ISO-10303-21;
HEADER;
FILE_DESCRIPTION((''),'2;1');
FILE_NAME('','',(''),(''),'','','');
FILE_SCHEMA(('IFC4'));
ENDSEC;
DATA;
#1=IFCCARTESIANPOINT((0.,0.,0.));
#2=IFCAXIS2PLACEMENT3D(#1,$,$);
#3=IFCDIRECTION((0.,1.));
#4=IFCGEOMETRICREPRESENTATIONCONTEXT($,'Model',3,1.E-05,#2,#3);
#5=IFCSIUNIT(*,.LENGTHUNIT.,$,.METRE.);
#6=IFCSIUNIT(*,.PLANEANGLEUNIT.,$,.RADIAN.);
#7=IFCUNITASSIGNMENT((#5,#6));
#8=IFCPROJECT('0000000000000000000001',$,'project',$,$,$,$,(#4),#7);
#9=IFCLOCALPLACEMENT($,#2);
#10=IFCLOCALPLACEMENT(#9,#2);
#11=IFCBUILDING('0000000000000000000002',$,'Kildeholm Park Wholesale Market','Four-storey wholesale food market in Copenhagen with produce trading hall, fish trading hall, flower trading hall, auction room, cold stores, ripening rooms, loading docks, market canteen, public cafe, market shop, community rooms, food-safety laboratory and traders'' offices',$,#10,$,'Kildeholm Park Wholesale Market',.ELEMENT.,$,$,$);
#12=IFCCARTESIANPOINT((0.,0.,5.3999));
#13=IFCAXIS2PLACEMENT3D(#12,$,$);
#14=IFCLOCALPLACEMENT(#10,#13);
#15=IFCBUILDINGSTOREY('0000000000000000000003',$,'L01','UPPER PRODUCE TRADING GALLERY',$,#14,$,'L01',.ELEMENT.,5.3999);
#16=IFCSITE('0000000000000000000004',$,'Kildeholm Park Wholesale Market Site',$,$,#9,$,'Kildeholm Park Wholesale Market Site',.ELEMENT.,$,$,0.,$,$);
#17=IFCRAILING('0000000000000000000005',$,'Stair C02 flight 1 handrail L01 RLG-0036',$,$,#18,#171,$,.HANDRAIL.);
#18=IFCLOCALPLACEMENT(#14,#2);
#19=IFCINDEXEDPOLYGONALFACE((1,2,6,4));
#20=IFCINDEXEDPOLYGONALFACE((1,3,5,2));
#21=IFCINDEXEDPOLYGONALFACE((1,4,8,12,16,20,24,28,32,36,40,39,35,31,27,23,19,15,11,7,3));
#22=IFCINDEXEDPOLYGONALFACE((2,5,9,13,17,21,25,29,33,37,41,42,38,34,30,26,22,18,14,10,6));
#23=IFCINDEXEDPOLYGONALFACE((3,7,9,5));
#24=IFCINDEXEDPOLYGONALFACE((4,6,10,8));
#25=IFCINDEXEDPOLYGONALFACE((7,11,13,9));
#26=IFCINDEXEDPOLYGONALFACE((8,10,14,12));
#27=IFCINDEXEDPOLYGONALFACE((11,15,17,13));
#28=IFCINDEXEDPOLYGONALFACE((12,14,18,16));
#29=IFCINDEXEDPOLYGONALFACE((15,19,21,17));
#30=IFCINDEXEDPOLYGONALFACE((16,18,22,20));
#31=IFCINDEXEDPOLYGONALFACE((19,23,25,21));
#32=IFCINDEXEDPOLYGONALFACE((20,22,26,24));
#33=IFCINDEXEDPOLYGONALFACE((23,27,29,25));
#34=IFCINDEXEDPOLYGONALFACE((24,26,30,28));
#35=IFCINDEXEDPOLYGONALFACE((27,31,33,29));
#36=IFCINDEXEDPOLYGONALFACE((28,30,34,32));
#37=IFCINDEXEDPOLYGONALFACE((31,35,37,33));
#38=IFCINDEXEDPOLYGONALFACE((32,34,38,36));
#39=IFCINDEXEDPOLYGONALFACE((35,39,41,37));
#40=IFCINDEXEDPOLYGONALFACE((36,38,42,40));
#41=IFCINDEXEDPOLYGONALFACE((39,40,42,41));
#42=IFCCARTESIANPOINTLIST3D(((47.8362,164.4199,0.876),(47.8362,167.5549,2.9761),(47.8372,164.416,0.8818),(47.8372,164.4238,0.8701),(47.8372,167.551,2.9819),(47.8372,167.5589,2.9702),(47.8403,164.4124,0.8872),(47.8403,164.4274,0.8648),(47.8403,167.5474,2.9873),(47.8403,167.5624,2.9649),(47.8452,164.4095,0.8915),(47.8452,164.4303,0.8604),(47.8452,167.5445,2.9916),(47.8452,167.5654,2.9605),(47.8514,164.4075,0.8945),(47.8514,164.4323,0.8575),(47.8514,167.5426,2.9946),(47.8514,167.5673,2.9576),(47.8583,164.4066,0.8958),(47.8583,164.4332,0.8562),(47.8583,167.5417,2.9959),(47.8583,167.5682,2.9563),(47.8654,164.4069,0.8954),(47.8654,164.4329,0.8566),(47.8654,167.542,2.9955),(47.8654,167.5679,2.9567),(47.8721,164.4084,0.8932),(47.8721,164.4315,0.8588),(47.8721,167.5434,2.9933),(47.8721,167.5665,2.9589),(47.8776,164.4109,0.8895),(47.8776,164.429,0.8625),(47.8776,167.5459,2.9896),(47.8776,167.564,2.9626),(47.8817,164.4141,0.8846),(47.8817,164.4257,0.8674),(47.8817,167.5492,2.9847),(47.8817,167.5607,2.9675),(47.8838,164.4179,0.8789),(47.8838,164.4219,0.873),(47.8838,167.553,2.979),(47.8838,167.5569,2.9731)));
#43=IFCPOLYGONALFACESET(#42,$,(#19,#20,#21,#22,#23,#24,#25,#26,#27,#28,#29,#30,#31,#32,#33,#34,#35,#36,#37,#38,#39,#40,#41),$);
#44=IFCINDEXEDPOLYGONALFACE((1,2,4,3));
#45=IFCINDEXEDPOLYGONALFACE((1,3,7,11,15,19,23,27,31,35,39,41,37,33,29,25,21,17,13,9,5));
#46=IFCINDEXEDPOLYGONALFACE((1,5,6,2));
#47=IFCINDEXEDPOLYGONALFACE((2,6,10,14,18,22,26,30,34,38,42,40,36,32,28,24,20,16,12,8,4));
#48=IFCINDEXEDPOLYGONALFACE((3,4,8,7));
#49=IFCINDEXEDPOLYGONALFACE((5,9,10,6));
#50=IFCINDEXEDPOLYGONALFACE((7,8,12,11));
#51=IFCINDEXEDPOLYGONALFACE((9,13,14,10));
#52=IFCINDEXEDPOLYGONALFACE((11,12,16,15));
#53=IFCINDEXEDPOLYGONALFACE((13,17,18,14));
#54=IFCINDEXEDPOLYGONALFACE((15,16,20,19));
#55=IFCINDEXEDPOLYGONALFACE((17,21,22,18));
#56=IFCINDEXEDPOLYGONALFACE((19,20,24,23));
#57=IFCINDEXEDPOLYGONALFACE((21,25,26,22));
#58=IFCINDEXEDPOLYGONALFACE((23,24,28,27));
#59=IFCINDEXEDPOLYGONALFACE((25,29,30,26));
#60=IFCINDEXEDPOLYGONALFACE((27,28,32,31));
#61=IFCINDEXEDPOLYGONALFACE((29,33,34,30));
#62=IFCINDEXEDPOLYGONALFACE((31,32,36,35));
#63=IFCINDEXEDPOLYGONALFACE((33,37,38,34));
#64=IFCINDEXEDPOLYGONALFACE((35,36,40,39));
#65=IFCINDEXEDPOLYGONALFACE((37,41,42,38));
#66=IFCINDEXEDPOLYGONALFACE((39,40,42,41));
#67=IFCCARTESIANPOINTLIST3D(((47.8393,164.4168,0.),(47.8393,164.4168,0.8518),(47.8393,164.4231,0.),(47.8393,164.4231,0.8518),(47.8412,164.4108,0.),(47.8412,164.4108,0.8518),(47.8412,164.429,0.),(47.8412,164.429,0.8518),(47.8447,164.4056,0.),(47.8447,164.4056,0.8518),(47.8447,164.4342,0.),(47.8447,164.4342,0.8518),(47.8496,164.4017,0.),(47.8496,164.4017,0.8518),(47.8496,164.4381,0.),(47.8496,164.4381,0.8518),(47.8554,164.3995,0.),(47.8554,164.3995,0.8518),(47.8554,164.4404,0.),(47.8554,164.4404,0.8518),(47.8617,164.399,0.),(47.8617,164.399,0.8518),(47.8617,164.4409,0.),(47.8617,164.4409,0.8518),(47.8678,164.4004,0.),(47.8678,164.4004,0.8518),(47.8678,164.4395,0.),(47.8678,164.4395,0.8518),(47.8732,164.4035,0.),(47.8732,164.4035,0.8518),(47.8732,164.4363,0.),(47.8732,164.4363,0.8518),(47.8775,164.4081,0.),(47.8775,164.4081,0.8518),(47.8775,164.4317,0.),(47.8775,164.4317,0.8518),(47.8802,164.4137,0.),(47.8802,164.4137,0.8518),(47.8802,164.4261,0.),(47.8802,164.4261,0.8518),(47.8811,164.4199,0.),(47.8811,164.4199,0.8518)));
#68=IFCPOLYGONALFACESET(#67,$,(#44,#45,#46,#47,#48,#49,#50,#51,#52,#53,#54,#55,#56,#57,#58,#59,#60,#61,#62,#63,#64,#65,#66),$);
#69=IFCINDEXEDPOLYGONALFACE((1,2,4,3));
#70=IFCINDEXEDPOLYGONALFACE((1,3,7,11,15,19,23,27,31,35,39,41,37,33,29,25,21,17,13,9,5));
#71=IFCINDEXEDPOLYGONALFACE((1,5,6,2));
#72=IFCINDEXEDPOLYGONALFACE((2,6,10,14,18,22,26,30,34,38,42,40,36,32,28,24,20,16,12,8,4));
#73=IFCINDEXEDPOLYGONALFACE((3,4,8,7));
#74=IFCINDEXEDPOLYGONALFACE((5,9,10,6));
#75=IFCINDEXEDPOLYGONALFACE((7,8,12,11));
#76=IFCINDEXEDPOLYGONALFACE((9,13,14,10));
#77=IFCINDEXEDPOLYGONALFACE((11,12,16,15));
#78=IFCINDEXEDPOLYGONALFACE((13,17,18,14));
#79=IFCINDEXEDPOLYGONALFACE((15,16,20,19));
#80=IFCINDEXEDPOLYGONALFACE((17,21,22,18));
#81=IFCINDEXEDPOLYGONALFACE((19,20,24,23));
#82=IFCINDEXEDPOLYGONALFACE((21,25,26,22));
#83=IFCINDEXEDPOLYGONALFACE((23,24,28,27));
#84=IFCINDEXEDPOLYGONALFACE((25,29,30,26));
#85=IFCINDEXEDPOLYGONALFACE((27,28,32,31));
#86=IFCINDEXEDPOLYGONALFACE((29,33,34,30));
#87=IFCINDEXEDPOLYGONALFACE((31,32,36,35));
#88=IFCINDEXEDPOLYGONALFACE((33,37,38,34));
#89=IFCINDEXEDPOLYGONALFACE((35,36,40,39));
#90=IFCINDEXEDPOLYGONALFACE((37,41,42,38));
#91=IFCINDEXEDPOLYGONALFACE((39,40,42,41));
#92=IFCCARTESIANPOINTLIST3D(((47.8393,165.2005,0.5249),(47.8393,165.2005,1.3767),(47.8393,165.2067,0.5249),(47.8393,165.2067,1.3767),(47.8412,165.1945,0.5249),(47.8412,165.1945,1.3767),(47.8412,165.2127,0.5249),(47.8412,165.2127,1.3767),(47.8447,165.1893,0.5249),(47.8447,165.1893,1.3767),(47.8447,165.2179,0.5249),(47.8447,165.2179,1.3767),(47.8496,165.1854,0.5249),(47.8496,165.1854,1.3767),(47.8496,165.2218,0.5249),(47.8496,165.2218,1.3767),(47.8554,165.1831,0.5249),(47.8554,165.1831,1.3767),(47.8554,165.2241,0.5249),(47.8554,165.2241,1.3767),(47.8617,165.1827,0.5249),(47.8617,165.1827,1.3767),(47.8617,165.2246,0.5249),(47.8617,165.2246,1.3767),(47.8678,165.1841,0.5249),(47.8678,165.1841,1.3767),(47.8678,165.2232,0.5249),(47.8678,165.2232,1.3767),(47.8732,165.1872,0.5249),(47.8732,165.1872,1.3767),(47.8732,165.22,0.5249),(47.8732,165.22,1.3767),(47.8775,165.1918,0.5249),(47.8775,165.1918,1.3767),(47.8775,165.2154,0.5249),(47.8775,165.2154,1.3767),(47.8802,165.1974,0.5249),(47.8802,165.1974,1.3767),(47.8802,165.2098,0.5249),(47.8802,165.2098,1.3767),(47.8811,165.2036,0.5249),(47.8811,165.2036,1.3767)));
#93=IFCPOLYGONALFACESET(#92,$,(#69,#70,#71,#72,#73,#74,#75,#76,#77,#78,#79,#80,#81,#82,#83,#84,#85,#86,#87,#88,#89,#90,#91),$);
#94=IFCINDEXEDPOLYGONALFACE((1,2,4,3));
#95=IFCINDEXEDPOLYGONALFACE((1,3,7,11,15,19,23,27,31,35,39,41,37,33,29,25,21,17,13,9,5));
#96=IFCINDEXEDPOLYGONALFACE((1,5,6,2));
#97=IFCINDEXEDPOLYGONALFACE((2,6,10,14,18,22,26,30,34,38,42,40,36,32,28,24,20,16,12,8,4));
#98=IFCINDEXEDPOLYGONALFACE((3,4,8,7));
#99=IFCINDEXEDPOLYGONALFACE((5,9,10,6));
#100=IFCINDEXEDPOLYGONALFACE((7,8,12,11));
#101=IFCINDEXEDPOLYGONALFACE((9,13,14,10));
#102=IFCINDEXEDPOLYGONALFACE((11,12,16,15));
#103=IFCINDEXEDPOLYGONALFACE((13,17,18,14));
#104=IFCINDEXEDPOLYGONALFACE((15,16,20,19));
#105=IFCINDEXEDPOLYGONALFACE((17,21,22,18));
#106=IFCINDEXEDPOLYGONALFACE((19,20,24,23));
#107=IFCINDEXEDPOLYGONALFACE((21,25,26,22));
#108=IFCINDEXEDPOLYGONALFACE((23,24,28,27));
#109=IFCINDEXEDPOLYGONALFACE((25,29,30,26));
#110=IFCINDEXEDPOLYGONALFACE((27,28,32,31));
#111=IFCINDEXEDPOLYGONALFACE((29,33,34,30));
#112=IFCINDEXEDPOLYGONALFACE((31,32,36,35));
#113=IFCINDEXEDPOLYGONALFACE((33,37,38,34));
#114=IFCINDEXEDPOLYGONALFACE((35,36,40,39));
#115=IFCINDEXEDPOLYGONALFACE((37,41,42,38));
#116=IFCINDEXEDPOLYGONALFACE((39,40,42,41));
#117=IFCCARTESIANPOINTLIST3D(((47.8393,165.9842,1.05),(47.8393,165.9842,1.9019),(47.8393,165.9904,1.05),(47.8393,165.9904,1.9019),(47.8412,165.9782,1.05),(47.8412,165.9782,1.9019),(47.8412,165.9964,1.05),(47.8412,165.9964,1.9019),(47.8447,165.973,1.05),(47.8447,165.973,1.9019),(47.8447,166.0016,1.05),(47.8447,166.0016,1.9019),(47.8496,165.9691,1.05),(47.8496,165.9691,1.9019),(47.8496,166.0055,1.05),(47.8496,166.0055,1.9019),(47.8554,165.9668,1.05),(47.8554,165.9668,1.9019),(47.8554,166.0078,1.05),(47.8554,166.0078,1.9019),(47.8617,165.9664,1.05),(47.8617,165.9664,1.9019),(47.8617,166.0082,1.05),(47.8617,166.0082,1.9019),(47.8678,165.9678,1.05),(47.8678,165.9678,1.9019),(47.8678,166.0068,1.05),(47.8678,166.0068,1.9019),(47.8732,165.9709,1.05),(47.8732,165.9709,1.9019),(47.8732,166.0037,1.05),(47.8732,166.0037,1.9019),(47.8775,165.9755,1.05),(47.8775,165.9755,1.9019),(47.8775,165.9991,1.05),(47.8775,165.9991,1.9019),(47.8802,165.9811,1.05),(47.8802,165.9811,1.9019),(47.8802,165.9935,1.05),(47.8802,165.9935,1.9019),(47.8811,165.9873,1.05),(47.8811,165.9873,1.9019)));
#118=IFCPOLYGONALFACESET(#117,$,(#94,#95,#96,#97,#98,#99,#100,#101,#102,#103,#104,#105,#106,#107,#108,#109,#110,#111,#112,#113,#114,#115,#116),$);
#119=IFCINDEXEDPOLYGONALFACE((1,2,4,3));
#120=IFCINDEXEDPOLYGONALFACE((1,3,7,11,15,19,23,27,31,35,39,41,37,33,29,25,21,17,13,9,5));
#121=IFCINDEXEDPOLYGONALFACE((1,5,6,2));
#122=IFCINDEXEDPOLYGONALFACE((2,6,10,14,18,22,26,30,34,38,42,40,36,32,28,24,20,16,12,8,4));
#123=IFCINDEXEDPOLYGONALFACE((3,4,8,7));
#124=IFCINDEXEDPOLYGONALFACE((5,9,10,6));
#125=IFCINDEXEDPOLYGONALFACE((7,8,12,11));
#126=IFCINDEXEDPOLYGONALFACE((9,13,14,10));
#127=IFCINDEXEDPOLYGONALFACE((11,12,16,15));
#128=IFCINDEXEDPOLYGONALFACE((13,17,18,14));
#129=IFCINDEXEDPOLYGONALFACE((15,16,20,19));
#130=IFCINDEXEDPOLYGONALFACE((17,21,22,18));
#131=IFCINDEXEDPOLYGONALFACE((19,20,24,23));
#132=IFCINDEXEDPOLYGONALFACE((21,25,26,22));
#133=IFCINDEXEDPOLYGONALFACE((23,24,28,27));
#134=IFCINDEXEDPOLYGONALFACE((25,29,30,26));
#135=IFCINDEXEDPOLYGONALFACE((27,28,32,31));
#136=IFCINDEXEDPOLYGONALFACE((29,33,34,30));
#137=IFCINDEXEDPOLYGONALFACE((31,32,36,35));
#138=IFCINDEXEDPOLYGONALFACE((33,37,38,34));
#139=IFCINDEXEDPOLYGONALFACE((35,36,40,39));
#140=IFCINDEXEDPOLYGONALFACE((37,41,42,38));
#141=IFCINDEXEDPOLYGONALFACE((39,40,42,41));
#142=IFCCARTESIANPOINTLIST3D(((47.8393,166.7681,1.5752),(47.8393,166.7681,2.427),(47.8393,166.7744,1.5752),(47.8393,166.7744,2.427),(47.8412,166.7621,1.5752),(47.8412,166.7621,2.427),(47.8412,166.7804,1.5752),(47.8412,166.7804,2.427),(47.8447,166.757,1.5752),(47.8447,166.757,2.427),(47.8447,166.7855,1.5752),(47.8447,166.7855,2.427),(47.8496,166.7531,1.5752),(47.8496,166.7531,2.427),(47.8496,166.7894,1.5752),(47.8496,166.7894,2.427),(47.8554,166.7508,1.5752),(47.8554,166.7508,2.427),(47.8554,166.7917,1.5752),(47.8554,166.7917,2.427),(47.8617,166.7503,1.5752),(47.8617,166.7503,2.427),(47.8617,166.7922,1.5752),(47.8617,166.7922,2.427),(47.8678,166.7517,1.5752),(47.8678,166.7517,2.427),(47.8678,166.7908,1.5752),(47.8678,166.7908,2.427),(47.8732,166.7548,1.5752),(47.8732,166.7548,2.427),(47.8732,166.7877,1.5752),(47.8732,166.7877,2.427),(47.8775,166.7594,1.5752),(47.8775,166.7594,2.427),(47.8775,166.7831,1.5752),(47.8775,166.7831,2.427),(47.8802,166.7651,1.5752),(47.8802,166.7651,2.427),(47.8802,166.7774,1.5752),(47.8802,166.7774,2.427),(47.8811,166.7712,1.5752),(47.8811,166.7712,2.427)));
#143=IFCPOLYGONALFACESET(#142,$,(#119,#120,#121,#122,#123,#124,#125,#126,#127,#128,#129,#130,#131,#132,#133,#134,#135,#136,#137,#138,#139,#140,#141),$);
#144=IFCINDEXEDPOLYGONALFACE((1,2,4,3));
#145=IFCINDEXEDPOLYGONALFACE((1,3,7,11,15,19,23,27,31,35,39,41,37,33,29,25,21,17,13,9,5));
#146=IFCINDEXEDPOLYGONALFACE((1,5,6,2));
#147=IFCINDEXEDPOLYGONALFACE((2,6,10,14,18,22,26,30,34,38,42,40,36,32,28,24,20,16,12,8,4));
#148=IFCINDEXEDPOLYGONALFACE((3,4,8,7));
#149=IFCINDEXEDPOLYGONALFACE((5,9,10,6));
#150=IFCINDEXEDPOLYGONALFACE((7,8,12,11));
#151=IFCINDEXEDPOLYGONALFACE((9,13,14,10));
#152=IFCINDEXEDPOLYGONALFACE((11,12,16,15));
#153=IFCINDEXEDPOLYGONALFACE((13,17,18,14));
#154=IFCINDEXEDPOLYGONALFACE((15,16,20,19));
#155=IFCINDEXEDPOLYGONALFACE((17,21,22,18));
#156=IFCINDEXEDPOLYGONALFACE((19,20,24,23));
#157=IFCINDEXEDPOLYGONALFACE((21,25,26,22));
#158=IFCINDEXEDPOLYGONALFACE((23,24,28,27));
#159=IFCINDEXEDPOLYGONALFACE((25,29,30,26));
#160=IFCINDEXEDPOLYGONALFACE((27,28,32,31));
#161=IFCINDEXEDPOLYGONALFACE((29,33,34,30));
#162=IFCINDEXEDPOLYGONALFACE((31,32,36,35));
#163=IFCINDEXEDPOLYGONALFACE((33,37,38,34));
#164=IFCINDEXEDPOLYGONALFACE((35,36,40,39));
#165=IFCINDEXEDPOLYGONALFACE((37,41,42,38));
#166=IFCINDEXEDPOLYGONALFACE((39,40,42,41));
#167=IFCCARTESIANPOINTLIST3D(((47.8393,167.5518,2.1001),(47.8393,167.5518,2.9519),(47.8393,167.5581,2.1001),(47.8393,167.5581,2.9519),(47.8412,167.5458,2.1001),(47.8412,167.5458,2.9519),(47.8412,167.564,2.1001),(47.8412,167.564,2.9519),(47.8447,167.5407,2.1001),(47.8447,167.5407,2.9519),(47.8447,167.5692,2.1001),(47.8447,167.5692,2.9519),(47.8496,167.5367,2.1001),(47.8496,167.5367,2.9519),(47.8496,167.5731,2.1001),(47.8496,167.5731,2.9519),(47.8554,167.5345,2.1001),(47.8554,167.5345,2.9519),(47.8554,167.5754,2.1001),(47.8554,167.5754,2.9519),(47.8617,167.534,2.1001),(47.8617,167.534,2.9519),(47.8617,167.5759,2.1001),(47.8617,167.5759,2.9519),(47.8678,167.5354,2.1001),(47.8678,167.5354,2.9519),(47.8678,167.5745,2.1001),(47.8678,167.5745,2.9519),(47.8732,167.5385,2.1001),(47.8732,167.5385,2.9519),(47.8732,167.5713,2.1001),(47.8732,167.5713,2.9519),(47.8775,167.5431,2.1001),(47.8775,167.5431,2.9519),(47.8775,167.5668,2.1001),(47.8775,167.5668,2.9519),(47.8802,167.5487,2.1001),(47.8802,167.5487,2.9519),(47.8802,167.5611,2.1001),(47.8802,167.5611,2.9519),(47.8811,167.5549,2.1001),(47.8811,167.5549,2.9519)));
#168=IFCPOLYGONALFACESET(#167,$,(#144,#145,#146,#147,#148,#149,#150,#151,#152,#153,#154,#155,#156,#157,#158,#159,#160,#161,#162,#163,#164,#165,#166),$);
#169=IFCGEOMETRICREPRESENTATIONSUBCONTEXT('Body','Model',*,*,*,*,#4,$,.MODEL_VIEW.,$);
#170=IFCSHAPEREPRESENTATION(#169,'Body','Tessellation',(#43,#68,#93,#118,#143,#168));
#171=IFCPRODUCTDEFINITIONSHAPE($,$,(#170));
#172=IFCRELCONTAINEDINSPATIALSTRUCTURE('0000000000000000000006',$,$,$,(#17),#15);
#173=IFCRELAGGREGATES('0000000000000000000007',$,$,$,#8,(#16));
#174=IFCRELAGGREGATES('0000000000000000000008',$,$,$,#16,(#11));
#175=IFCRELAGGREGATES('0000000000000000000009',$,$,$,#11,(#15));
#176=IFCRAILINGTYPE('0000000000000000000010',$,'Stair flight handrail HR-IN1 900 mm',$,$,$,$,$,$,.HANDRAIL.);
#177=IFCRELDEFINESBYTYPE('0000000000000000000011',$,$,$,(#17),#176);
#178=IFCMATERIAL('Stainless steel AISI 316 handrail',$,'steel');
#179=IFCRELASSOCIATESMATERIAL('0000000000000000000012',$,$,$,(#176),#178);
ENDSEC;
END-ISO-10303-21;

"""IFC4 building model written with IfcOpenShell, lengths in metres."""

from ifc_helpers import new_model, si_unit, direction, frame, origin, origin_2d, place, context, subcontext, project, spatial, circle, extrude, material, type_object, element, save


model = new_model("IFC4")

# Units and contexts
model_context = context("Model", 3, precision=1e-05, world=origin(), true_north=direction((0.0, 1.0)))
body_context = subcontext(model_context, "Body", "Model", "MODEL_VIEW")
ifc_project = project(units=[si_unit("LENGTHUNIT", "METRE"), si_unit("PLANEANGLEUNIT", "RADIAN")], contexts=[model_context])

# Site, building, storey
site_placement = place(None, origin())
site = spatial("IfcSite", under=ifc_project, at=site_placement, Name="Kildeholm Park Wholesale Market Site", LongName="Kildeholm Park Wholesale Market Site", CompositionType="ELEMENT", RefElevation=0.0)
building_placement = place(site_placement, origin())
building = spatial("IfcBuilding", under=site, at=building_placement, Name="Kildeholm Park Wholesale Market", Description="Four-storey wholesale food market in Copenhagen with produce trading hall, fish trading hall, flower trading hall, auction room, cold stores, ripening rooms, loading docks, market canteen, public cafe, market shop, community rooms, food-safety laboratory and traders' offices", LongName="Kildeholm Park Wholesale Market", CompositionType="ELEMENT")
storey_placement = place(building_placement, frame((0.0, 0.0, 5.3999)))
storey = spatial("IfcBuildingStorey", under=building, at=storey_placement, Name="L01", Description="UPPER PRODUCE TRADING GALLERY", LongName="L01", CompositionType="ELEMENT", Elevation=5.3999)

# Railing
ifc_material_1 = material(Name="Stainless steel AISI 316 handrail", Category="steel")
railing_type_1 = type_object("IfcRailingType", Name="Stair flight handrail HR-IN1 900 mm", PredefinedType="HANDRAIL", material=ifc_material_1)
railing_1_placement = place(storey_placement, frame((47.8601, 164.4199, 0.0)))
element("IfcRailing", 1, at=railing_1_placement, inside=storey, type_object=railing_type_1, Name="Stair C02 flight 1 handrail L01 RLG-0036", PredefinedType="HANDRAIL", context=body_context, shape_type="SweptSolid", body=[
    extrude(circle(Radius=0.0239, at=origin_2d()), frame((0.0, 0.0, 0.876), z_axis=(0.0, 0.830814, 0.55655), x_axis=(-1.0, 0.0, 0.0)), (0.0, 0.0, 1.0), 3.7734),
    extrude(circle(Radius=0.021, at=origin_2d()), origin(), (0.0, 0.0, 1.0), 0.8518),
    extrude(circle(Radius=0.021, at=origin_2d()), frame((0.0, 0.7837, 0.5249)), (0.0, 0.0, 1.0), 0.8518),
    extrude(circle(Radius=0.021, at=origin_2d()), frame((0.0, 1.5674, 1.05)), (0.0, 0.0, 1.0), 0.8518),
    extrude(circle(Radius=0.021, at=origin_2d()), frame((0.0, 2.3513, 1.5752)), (0.0, 0.0, 1.0), 0.8518),
    extrude(circle(Radius=0.021, at=origin_2d()), frame((0.0, 3.135, 2.1001)), (0.0, 0.0, 1.0), 0.8518),
])

save(model, "model.ifc")
